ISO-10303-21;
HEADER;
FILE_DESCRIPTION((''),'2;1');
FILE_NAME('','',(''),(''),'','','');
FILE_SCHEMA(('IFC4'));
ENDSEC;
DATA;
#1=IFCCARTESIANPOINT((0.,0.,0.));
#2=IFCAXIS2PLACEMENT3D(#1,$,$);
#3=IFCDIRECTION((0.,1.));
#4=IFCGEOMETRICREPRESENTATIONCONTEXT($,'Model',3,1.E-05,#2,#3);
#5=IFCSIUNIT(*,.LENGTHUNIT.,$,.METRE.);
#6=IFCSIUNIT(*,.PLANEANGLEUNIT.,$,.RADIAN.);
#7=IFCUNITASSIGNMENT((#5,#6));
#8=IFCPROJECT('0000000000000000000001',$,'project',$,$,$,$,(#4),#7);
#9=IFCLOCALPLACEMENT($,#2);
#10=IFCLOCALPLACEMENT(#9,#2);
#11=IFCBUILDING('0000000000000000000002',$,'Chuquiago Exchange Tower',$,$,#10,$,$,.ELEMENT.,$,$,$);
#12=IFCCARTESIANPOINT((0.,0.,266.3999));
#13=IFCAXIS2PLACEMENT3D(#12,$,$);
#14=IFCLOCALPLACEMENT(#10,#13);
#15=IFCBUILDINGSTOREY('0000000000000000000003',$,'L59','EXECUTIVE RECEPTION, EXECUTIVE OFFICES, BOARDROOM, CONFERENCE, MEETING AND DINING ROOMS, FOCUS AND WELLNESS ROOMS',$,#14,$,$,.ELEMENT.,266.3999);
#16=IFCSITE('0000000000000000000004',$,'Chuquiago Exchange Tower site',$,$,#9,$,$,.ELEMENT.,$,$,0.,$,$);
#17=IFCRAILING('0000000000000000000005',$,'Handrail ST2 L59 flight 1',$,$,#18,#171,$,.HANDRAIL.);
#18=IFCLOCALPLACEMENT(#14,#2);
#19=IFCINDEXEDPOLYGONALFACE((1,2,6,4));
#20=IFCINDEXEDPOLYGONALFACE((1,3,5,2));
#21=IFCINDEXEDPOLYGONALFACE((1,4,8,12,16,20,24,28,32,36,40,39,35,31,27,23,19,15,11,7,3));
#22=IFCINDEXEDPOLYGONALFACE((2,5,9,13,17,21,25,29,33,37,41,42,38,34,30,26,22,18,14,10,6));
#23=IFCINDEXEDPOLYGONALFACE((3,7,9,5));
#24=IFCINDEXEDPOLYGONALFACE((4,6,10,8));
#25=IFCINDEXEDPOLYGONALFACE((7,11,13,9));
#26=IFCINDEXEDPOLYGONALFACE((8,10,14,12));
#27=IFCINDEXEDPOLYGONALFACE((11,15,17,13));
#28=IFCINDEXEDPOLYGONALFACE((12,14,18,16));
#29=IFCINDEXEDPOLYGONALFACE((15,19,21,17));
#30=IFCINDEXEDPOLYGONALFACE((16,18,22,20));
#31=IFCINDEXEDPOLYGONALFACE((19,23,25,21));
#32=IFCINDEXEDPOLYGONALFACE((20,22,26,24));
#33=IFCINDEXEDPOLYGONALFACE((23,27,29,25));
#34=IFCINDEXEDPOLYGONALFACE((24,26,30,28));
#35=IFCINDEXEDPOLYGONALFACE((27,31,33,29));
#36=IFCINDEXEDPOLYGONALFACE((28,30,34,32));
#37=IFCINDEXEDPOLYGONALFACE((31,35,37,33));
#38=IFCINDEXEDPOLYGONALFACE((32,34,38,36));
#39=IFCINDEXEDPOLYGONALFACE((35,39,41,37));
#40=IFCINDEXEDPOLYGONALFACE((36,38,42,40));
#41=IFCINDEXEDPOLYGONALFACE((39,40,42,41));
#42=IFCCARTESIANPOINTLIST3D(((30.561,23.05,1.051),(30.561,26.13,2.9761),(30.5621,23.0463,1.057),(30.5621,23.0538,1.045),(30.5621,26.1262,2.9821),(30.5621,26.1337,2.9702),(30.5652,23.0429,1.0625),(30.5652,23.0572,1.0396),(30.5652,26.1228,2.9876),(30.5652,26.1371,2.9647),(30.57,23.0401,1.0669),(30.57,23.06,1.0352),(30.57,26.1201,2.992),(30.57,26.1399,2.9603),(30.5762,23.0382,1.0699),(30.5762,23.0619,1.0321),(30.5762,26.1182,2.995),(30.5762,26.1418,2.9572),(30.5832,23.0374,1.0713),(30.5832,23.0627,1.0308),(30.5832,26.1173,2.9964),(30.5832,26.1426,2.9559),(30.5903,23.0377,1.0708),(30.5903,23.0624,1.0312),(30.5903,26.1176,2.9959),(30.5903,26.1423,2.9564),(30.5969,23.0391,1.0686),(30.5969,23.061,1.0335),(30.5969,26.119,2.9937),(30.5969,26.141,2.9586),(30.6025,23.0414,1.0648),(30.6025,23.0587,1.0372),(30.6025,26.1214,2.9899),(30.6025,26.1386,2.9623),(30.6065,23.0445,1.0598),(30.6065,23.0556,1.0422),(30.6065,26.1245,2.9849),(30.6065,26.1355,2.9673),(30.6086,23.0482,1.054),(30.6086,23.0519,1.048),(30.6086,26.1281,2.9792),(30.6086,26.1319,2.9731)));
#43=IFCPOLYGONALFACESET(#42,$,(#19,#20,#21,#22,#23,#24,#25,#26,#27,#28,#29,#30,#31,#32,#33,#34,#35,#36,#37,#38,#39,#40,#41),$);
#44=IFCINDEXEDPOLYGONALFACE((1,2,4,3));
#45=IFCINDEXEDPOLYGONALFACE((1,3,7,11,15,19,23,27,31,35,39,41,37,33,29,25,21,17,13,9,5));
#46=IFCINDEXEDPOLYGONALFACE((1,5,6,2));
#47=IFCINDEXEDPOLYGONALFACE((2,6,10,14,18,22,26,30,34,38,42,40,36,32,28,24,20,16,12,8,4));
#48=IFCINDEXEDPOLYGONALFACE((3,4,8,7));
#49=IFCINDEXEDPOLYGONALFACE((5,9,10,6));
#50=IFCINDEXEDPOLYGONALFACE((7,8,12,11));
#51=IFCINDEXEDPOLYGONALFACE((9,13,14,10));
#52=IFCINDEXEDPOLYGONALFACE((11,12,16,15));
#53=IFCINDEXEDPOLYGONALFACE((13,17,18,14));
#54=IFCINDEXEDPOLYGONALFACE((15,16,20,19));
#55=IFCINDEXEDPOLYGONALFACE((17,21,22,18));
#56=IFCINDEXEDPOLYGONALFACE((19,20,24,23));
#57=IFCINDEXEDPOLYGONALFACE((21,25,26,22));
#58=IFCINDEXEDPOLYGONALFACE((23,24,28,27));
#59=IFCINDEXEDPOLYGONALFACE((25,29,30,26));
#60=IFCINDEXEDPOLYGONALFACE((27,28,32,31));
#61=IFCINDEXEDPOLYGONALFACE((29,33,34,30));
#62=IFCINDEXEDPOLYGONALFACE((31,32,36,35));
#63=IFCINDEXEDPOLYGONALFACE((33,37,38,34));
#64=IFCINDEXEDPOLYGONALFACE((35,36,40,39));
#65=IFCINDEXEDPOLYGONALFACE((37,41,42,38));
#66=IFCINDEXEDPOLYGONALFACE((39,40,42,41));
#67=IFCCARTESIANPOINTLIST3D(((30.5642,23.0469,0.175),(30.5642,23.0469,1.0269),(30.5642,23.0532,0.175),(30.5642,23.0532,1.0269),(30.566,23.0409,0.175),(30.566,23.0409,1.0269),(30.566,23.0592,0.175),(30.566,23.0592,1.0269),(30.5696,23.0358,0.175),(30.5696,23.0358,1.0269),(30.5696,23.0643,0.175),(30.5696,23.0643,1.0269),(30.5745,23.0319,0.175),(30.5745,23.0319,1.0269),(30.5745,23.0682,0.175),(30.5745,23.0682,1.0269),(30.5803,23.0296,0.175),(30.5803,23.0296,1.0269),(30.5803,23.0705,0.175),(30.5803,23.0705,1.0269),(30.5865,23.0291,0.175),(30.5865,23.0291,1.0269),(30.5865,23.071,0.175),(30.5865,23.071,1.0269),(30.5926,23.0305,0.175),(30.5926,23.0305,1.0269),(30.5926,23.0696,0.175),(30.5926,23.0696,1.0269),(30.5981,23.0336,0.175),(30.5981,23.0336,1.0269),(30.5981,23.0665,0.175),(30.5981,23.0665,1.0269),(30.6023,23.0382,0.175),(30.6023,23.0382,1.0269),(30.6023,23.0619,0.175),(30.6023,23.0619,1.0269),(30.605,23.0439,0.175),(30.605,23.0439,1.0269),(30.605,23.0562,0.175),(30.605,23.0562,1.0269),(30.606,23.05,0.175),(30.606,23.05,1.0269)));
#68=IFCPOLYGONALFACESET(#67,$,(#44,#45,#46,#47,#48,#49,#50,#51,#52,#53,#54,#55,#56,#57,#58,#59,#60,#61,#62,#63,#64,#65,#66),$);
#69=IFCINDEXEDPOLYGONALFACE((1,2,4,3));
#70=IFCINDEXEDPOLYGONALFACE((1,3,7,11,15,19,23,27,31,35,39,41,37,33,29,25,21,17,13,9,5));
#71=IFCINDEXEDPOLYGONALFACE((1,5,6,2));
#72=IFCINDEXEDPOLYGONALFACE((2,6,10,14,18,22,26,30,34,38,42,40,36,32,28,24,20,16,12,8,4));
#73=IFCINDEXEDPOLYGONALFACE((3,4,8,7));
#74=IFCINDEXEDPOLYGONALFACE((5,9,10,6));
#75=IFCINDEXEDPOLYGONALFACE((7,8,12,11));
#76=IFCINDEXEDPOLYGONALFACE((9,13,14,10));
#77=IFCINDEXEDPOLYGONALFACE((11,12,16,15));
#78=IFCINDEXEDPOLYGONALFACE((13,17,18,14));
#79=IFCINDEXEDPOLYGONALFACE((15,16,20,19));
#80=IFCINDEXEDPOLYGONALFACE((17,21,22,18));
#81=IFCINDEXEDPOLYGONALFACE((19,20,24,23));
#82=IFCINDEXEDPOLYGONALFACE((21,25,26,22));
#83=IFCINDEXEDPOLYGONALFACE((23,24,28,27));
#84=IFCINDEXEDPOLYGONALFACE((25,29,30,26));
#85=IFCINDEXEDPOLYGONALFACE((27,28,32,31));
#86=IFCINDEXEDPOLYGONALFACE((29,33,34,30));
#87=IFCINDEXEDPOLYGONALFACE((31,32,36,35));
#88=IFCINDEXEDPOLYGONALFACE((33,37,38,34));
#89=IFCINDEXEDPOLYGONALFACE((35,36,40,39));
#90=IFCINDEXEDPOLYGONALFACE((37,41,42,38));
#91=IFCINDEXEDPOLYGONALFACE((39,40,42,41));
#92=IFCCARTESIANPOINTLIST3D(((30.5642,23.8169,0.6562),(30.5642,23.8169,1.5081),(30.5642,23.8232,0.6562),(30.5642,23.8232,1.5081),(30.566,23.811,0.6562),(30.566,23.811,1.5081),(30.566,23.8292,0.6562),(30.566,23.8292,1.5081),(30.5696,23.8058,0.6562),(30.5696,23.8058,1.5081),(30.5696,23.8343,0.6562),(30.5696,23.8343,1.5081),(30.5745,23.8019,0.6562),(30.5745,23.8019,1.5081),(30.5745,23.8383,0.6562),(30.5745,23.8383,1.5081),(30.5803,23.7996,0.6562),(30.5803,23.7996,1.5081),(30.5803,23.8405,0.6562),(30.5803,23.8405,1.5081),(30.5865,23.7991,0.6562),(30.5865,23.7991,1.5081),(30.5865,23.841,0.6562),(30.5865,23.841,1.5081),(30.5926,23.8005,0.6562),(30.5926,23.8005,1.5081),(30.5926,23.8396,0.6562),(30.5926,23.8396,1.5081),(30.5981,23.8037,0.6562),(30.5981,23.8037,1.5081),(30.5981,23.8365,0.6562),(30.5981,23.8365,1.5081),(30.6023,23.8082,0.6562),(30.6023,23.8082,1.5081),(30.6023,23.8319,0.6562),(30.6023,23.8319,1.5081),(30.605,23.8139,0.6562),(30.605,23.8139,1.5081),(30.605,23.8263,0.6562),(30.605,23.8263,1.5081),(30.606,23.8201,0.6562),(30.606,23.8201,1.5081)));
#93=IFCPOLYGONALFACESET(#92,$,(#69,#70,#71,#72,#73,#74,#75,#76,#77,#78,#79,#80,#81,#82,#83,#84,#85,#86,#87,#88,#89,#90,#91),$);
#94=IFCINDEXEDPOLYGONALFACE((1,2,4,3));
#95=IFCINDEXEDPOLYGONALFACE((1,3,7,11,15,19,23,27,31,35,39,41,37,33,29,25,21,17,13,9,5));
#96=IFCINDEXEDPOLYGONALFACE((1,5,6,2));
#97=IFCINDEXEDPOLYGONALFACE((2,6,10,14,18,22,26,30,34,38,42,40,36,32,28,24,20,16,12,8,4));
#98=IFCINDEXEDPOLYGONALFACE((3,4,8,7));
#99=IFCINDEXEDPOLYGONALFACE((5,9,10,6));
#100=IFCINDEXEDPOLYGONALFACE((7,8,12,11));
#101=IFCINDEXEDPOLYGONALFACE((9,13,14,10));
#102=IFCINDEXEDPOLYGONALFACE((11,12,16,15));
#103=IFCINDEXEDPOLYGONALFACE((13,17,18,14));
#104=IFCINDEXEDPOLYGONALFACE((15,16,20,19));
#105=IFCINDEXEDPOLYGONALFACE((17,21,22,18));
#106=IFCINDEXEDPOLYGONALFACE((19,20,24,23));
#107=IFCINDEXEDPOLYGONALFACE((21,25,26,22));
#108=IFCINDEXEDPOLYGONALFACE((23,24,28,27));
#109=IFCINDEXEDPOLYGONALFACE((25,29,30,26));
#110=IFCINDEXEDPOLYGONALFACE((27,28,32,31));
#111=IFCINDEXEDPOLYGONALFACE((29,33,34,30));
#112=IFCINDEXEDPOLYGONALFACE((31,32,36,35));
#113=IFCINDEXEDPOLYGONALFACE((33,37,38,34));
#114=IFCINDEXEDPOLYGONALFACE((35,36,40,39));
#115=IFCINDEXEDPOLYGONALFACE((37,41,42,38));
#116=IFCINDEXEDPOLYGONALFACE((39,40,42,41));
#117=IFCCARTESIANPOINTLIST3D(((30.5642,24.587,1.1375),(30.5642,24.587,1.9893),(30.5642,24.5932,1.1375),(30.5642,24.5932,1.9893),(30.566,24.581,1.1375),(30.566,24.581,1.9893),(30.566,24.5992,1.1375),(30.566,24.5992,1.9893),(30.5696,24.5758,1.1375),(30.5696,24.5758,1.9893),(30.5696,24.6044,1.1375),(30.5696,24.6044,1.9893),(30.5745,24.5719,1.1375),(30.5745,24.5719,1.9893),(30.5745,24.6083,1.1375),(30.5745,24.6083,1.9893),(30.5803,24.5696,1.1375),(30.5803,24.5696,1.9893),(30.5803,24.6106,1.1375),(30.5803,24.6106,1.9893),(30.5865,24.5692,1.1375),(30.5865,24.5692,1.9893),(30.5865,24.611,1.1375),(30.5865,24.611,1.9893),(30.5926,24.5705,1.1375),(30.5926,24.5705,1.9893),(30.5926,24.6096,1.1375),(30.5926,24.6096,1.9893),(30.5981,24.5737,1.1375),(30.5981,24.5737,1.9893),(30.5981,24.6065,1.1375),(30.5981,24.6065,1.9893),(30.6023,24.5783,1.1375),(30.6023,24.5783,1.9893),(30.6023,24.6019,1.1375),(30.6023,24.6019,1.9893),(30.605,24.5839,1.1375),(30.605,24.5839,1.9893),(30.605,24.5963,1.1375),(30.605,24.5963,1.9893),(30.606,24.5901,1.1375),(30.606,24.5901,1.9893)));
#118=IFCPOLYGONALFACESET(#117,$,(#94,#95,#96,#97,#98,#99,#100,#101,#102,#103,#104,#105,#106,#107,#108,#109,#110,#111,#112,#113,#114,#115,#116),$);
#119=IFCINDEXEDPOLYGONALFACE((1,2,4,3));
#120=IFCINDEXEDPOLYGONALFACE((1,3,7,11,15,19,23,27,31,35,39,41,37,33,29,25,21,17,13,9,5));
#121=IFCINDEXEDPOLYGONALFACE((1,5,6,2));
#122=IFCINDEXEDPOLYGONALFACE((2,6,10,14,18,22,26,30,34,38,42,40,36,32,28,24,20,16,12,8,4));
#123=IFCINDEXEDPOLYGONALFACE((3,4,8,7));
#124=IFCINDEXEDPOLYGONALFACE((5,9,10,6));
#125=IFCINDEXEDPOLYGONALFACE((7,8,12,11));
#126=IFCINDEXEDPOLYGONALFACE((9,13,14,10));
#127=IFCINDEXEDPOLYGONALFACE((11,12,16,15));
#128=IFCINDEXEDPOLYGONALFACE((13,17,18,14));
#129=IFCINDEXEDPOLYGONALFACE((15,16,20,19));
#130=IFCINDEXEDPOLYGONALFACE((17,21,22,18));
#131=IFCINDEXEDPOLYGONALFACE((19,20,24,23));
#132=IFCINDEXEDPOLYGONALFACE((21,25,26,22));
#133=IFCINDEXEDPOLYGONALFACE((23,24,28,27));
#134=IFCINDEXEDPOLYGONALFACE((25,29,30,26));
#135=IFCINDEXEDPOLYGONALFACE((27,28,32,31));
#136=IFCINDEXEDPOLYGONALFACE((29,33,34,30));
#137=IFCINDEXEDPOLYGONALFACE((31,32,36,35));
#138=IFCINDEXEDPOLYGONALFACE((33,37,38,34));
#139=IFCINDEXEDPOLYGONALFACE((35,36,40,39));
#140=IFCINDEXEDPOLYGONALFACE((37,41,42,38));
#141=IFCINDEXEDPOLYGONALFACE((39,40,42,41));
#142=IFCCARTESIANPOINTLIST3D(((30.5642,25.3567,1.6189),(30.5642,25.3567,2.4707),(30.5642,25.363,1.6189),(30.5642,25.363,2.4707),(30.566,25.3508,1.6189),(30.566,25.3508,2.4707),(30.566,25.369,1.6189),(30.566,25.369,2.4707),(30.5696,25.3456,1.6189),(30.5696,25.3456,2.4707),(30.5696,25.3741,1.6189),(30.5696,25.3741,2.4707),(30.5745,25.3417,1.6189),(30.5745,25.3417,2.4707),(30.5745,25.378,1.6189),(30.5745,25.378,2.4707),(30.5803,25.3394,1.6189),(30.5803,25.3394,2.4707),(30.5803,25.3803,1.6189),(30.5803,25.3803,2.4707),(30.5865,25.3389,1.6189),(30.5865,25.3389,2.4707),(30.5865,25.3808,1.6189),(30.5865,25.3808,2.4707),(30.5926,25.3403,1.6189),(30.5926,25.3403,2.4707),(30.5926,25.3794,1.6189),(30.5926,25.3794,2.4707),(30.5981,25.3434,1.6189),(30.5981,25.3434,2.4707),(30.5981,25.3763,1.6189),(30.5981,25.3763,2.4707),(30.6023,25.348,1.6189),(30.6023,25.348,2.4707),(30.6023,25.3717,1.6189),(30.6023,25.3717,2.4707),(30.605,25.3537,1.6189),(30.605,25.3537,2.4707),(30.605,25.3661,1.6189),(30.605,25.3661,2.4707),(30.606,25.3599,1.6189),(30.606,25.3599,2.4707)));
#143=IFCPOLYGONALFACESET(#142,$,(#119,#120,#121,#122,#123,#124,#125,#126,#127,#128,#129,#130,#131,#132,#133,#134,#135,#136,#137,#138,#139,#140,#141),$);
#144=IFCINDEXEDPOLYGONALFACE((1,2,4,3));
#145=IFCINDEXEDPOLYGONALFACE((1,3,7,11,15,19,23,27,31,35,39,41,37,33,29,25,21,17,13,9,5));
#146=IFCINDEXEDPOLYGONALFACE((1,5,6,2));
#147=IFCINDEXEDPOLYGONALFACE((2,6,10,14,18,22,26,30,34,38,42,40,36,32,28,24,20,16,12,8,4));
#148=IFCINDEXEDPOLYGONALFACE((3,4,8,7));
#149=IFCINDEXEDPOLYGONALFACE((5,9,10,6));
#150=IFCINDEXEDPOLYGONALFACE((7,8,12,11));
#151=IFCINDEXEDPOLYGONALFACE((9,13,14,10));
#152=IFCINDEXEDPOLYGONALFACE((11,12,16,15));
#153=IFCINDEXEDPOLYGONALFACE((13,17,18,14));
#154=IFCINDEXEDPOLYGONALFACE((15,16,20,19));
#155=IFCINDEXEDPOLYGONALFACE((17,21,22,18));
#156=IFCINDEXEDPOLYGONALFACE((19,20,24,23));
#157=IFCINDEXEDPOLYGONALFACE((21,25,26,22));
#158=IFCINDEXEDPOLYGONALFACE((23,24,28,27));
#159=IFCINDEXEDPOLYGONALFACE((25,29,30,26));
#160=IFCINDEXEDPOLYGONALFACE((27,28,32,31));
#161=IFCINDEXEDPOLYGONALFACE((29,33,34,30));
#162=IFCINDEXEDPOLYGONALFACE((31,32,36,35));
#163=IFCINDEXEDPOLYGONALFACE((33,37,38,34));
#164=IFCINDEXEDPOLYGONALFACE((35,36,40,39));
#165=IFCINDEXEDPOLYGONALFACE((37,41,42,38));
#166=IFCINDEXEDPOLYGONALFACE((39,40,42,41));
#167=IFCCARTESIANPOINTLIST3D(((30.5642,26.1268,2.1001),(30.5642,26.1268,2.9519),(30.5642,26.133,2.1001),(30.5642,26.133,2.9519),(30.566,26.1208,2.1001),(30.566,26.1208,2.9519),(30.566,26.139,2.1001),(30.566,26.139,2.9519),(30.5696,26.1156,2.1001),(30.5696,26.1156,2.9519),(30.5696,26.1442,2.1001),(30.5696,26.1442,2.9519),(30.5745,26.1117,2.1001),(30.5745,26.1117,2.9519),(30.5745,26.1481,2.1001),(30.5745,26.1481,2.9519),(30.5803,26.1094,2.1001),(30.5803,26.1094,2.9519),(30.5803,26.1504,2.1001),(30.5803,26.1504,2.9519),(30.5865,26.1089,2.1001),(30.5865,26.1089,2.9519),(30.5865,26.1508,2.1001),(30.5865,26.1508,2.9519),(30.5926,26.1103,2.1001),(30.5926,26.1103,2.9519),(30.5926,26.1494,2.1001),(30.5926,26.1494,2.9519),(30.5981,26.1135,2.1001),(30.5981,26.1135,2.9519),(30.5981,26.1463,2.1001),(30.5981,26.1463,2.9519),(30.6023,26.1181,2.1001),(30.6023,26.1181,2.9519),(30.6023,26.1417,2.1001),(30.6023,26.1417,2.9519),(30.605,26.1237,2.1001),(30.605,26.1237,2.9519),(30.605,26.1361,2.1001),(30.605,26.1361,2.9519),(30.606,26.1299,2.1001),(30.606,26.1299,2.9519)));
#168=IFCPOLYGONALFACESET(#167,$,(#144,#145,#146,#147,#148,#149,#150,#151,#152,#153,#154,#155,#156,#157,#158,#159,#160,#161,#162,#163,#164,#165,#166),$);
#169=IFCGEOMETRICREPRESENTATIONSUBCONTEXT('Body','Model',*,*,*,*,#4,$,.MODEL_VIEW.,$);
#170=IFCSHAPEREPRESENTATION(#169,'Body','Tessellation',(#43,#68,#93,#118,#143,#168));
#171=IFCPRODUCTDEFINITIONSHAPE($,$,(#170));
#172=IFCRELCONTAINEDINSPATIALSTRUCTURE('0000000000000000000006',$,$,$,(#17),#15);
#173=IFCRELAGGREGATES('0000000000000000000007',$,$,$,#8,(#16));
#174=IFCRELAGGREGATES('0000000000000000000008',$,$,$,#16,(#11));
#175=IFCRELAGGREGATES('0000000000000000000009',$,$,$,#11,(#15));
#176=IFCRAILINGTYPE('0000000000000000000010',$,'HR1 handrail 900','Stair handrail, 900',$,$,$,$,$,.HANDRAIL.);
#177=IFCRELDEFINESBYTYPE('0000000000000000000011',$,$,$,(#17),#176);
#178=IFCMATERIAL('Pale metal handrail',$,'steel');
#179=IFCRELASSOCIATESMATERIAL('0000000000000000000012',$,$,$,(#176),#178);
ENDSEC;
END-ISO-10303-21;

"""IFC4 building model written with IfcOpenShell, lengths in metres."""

from ifc_helpers import new_model, si_unit, direction, frame, origin, origin_2d, place, context, subcontext, project, spatial, circle, extrude, material, type_object, element, save


model = new_model("IFC4")

# Units and contexts
model_context = context("Model", 3, precision=1e-05, world=origin(), true_north=direction((0.0, 1.0)))
body_context = subcontext(model_context, "Body", "Model", "MODEL_VIEW")
ifc_project = project(units=[si_unit("LENGTHUNIT", "METRE"), si_unit("PLANEANGLEUNIT", "RADIAN")], contexts=[model_context])

# Site, building, storey
site_placement = place(None, origin())
site = spatial("IfcSite", under=ifc_project, at=site_placement, Name="Chuquiago Exchange Tower site", CompositionType="ELEMENT", RefElevation=0.0)
building_placement = place(site_placement, origin())
building = spatial("IfcBuilding", under=site, at=building_placement, Name="Chuquiago Exchange Tower", CompositionType="ELEMENT")
storey_placement = place(building_placement, frame((0.0, 0.0, 266.3999)))
storey = spatial("IfcBuildingStorey", under=building, at=storey_placement, Name="L59", Description="EXECUTIVE RECEPTION, EXECUTIVE OFFICES, BOARDROOM, CONFERENCE, MEETING AND DINING ROOMS, FOCUS AND WELLNESS ROOMS", CompositionType="ELEMENT", Elevation=266.3999)

# Railing
ifc_material_1 = material(Name="Pale metal handrail", Category="steel")
railing_type_1 = type_object("IfcRailingType", Name="HR1 handrail 900", Description="Stair handrail, 900", PredefinedType="HANDRAIL", material=ifc_material_1)
railing_1_placement = place(storey_placement, frame((30.585, 23.05, 0.175)))
element("IfcRailing", 1, at=railing_1_placement, inside=storey, type_object=railing_type_1, Name="Handrail ST2 L59 flight 1", PredefinedType="HANDRAIL", context=body_context, shape_type="SweptSolid", body=[
    extrude(circle(Radius=0.0239, at=origin_2d()), frame((0.0, 0.0, 0.876), z_axis=(0.0, 0.847979, 0.530029), x_axis=(-1.0, 0.0, 0.0)), (0.0, 0.0, 1.0), 3.6321),
    extrude(circle(Radius=0.021, at=origin_2d()), origin(), (0.0, 0.0, 1.0), 0.8518),
    extrude(circle(Radius=0.021, at=origin_2d()), frame((0.0, 0.77, 0.4812)), (0.0, 0.0, 1.0), 0.8518),
    extrude(circle(Radius=0.021, at=origin_2d()), frame((0.0, 1.54, 0.9624)), (0.0, 0.0, 1.0), 0.8518),
    extrude(circle(Radius=0.021, at=origin_2d()), frame((0.0, 2.3098, 1.4438)), (0.0, 0.0, 1.0), 0.8518),
    extrude(circle(Radius=0.021, at=origin_2d()), frame((0.0, 3.0798, 1.925)), (0.0, 0.0, 1.0), 0.8518),
])

save(model, "model.ifc")
